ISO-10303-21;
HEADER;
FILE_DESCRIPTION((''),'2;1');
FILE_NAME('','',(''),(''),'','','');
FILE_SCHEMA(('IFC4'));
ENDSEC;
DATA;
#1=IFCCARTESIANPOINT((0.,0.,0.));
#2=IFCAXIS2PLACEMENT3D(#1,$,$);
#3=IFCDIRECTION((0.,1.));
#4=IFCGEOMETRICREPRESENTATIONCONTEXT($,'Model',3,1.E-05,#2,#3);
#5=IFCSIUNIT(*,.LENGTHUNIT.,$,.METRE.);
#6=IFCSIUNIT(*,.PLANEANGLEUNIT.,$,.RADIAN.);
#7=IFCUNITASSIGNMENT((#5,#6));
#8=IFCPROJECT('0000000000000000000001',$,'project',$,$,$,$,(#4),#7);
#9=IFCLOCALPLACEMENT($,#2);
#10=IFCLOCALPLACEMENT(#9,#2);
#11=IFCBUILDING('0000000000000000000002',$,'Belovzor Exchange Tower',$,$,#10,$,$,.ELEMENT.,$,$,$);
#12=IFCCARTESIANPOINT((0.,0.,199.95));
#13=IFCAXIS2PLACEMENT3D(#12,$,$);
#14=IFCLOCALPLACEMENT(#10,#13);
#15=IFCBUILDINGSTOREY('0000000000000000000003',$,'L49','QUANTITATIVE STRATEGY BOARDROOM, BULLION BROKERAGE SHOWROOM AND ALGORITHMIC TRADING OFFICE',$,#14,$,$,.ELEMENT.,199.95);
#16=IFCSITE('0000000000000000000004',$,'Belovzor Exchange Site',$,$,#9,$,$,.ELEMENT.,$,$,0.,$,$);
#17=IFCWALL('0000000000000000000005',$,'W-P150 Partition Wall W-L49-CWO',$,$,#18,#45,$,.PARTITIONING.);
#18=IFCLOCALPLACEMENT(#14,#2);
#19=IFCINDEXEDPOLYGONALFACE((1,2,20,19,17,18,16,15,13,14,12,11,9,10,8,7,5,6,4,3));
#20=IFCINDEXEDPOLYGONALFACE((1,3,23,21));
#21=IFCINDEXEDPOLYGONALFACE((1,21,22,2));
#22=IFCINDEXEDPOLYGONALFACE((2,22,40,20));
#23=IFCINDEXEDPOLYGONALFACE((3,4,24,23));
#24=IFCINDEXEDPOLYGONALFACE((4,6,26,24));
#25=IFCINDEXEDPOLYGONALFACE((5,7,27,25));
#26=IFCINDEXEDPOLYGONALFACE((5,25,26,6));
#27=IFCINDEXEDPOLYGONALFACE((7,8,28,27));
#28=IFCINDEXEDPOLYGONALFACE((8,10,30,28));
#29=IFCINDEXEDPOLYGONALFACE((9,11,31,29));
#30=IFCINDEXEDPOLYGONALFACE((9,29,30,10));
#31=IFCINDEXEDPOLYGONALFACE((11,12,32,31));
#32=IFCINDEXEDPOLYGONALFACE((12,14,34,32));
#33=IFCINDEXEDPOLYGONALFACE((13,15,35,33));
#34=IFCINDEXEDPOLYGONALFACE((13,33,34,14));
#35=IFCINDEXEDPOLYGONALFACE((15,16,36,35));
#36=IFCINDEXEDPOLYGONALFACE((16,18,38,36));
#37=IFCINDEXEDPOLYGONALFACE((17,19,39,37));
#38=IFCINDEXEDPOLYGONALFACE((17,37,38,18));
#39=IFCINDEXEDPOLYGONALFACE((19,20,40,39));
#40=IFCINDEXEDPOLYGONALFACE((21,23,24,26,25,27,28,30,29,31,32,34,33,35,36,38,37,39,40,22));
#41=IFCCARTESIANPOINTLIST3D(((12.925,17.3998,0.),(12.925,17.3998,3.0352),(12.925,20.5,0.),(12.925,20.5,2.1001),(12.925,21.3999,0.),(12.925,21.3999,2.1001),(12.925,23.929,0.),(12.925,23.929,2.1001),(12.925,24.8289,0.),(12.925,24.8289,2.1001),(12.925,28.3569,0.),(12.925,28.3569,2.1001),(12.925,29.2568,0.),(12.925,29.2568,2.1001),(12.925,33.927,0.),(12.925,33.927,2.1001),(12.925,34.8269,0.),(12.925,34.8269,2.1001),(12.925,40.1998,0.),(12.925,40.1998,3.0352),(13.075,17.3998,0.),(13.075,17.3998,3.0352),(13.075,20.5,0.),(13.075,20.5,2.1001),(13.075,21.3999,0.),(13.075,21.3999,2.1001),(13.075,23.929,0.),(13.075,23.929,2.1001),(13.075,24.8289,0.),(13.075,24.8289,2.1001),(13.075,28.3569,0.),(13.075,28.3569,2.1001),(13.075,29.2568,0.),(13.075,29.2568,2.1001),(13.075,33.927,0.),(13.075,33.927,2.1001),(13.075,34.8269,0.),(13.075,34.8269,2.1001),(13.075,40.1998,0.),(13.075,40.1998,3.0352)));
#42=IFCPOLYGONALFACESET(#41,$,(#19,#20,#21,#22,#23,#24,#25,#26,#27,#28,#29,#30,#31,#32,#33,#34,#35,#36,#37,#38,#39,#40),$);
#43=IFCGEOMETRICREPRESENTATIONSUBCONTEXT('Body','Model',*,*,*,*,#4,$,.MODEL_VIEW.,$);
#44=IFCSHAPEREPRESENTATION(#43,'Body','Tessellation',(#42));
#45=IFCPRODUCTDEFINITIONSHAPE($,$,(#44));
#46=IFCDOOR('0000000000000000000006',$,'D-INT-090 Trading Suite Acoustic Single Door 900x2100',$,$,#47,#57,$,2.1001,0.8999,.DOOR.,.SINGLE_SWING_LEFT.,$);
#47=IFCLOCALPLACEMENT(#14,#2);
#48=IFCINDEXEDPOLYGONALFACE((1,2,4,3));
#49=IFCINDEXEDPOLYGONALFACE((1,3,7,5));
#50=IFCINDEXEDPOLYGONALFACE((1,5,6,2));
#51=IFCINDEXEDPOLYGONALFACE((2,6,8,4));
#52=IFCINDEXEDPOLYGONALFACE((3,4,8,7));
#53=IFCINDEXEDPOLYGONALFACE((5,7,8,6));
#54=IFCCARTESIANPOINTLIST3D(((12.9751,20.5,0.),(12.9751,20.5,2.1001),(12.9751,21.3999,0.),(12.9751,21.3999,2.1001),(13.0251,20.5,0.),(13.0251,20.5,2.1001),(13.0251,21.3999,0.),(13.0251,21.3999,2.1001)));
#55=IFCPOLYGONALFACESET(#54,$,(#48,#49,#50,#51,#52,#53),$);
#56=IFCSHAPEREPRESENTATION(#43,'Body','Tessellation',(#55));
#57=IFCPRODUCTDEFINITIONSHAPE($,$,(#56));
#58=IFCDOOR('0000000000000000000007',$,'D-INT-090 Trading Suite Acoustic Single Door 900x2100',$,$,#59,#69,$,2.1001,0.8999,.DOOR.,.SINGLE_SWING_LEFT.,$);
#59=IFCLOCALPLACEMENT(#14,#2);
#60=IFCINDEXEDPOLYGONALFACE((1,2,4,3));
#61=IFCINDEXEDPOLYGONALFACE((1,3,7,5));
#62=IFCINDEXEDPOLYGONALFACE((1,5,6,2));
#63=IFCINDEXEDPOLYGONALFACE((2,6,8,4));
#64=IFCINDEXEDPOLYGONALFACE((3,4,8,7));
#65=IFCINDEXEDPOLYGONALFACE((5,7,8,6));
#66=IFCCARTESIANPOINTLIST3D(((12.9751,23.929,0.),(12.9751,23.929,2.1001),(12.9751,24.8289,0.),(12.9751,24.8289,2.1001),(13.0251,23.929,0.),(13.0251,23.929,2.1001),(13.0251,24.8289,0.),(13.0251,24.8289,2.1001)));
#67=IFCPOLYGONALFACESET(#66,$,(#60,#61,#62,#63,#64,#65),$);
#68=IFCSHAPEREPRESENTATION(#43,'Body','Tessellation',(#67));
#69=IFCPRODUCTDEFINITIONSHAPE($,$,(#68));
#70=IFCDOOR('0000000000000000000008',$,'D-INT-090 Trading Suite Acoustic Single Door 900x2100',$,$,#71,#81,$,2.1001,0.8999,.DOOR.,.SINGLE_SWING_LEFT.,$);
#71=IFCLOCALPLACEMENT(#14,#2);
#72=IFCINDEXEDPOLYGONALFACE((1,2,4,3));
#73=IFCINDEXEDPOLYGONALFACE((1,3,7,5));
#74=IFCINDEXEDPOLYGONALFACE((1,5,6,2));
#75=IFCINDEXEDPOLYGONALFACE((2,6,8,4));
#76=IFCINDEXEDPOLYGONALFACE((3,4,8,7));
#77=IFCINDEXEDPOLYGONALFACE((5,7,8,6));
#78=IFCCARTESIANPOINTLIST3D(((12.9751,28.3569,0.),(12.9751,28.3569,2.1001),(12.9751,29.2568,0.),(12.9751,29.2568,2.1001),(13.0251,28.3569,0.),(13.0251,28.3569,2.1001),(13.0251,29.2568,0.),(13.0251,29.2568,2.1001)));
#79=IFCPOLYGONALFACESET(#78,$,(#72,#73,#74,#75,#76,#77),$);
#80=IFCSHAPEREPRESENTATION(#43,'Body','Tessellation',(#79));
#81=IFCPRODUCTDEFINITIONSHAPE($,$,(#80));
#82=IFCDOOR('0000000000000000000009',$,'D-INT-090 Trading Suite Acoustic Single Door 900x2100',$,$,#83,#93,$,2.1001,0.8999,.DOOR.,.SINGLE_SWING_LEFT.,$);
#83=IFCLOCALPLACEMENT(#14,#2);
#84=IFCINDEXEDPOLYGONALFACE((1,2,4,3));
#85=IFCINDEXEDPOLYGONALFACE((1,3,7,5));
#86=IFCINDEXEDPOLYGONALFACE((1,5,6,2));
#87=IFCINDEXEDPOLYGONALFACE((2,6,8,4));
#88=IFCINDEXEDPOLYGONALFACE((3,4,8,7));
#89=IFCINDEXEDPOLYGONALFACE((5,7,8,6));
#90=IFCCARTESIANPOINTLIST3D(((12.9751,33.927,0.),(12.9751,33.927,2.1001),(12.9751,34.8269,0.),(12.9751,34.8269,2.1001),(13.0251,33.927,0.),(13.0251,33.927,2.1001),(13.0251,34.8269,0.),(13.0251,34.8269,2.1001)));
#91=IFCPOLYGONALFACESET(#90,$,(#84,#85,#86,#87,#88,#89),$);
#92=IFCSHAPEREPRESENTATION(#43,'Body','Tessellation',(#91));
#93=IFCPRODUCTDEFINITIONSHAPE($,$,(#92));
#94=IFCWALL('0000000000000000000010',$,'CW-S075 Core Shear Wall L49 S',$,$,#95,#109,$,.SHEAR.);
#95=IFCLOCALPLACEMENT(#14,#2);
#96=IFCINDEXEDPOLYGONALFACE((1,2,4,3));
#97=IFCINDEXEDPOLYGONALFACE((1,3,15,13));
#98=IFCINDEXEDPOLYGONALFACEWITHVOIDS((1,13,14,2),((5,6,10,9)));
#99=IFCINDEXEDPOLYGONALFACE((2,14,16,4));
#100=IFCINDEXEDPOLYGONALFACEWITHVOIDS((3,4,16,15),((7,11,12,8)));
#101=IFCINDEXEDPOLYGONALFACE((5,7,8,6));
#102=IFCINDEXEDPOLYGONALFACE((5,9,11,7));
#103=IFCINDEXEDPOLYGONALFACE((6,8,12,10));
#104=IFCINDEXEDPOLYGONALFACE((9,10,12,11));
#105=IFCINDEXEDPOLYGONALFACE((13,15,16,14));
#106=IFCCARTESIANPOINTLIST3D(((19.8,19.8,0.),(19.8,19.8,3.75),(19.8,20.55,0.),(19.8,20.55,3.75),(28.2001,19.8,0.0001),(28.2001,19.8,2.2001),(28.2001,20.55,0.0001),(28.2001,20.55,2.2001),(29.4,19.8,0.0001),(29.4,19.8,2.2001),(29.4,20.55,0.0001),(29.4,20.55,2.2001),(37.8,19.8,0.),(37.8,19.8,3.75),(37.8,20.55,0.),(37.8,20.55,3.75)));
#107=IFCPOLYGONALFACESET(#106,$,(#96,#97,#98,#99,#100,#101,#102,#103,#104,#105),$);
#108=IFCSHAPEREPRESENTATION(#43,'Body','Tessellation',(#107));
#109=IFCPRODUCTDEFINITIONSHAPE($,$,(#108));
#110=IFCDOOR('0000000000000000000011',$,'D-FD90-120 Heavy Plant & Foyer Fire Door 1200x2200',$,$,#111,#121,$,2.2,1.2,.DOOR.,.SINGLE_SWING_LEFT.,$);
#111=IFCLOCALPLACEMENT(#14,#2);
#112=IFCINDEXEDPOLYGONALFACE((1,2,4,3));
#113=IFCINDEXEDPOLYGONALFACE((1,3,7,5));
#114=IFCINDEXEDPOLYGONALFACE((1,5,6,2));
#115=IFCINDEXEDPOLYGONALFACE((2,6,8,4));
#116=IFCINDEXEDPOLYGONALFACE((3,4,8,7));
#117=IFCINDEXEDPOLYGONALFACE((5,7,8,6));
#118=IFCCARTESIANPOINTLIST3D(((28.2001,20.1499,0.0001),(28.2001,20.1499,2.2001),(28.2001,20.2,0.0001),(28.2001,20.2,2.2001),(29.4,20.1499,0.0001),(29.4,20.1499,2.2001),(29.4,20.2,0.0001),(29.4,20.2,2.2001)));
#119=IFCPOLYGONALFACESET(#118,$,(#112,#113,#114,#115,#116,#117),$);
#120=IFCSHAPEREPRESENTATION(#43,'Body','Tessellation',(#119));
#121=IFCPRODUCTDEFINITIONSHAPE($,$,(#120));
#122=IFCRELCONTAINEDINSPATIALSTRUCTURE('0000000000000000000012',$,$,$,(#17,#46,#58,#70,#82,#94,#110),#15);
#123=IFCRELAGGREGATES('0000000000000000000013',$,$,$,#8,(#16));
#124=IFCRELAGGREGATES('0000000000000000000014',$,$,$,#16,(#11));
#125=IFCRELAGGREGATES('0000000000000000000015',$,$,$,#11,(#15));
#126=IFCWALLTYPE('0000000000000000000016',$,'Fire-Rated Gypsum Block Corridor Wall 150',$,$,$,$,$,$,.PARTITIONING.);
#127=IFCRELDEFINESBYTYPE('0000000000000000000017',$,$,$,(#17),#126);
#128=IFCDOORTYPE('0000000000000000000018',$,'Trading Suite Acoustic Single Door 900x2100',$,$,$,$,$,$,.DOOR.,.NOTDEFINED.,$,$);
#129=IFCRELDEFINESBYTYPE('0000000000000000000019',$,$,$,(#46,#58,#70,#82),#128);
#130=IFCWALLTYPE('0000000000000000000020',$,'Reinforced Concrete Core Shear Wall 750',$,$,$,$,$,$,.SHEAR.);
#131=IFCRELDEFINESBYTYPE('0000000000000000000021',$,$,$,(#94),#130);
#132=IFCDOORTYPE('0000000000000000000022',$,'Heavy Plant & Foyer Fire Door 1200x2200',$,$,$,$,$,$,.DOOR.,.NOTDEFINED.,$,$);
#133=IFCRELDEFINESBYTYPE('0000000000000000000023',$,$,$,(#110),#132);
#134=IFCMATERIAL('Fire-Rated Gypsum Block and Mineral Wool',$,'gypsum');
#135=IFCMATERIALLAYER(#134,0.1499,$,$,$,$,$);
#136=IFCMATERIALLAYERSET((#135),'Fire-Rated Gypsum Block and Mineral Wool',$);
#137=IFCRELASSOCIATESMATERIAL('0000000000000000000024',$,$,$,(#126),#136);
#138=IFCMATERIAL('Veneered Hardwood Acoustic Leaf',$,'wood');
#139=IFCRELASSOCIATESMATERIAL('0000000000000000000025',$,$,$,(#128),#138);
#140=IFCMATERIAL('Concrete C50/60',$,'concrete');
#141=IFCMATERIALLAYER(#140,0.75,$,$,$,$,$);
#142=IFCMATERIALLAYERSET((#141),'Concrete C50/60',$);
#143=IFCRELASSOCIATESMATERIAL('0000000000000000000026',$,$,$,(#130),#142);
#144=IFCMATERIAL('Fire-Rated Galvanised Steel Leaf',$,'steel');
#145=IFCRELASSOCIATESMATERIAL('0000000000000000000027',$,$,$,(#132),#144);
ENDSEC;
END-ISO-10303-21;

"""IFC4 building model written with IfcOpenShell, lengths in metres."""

from ifc_helpers import new_model, si_unit, direction, frame, frame_2d, origin, place, context, subcontext, project, spatial, rectangle, extrude, material, layer, layer_set, type_object, element, fill, save


model = new_model("IFC4")

# Units and contexts
model_context = context("Model", 3, precision=1e-05, world=origin(), true_north=direction((0.0, 1.0)))
body_context = subcontext(model_context, "Body", "Model", "MODEL_VIEW")
ifc_project = project(units=[si_unit("LENGTHUNIT", "METRE"), si_unit("PLANEANGLEUNIT", "RADIAN")], contexts=[model_context])

# Site, building, storey
site_placement = place(None, origin())
site = spatial("IfcSite", under=ifc_project, at=site_placement, Name="Belovzor Exchange Site", CompositionType="ELEMENT", RefElevation=0.0)
building_placement = place(site_placement, origin())
building = spatial("IfcBuilding", under=site, at=building_placement, Name="Belovzor Exchange Tower", CompositionType="ELEMENT")
storey_placement = place(building_placement, frame((0.0, 0.0, 199.95)))
storey = spatial("IfcBuildingStorey", under=building, at=storey_placement, Name="L49", Description="QUANTITATIVE STRATEGY BOARDROOM, BULLION BROKERAGE SHOWROOM AND ALGORITHMIC TRADING OFFICE", CompositionType="ELEMENT", Elevation=199.95)

# Shared definitions
ifc_material_1 = material(Name="Fire-Rated Gypsum Block and Mineral Wool", Category="gypsum")
ifc_layer_1 = layer(ifc_material_1, 0.1499)
ifc_layer_set_1 = layer_set([ifc_layer_1], Name="Fire-Rated Gypsum Block and Mineral Wool")
wall_type_1 = type_object("IfcWallType", Name="Fire-Rated Gypsum Block Corridor Wall 150", PredefinedType="PARTITIONING", material=ifc_layer_set_1)

# Wall, openings, doors
ifc_material_2 = material(Name="Veneered Hardwood Acoustic Leaf", Category="wood")
door_type_1 = type_object("IfcDoorType", Name="Trading Suite Acoustic Single Door 900x2100", OperationType="NOTDEFINED", PredefinedType="DOOR", material=ifc_material_2)
wall_1_placement = place(storey_placement, frame((13.0, 17.3999, 0.0), z_axis=(0.0, 0.0, 1.0), x_axis=(0.0, 1.0, 0.0)))
wall_1 = element("IfcWall", 1, at=wall_1_placement, inside=storey, type_object=wall_type_1, Name="W-P150 Partition Wall W-L49-CWO", PredefinedType="PARTITIONING", context=body_context, shape_type="SweptSolid", body=[
    extrude(rectangle(XDim=22.8, YDim=0.1499, at=frame_2d((11.3999, 0.0))), origin(), (0.0, 0.0, 1.0), 3.0352),
])
opening_1_placement = place(wall_1_placement, frame((3.1001, 0.0, 0.0)))
opening_1 = element("IfcOpeningElement", 2, at=opening_1_placement, cuts=wall_1, PredefinedType="OPENING", context=body_context, shape_type="SweptSolid", body=[
    extrude(rectangle(XDim=0.8999, YDim=2.1001, at=frame_2d((0.45, 1.05))), frame((0.0, 0.085, 0.0), z_axis=(0.0, -1.0, 0.0), x_axis=(1.0, 0.0, 0.0)), (0.0, 0.0, 1.0), 0.1699),
])
opening_2_placement = place(wall_1_placement, frame((6.5291, 0.0, 0.0)))
opening_2 = element("IfcOpeningElement", 3, at=opening_2_placement, cuts=wall_1, PredefinedType="OPENING", context=body_context, shape_type="SweptSolid", body=[
    extrude(rectangle(XDim=0.8999, YDim=2.1001, at=frame_2d((0.45, 1.05))), frame((0.0, 0.085, 0.0), z_axis=(0.0, -1.0, 0.0), x_axis=(1.0, 0.0, 0.0)), (0.0, 0.0, 1.0), 0.1699),
])
opening_3_placement = place(wall_1_placement, frame((10.957, 0.0, 0.0)))
opening_3 = element("IfcOpeningElement", 4, at=opening_3_placement, cuts=wall_1, PredefinedType="OPENING", context=body_context, shape_type="SweptSolid", body=[
    extrude(rectangle(XDim=0.8999, YDim=2.1001, at=frame_2d((0.45, 1.05))), frame((0.0, 0.085, 0.0), z_axis=(0.0, -1.0, 0.0), x_axis=(1.0, 0.0, 0.0)), (0.0, 0.0, 1.0), 0.1699),
])
opening_4_placement = place(wall_1_placement, frame((16.5271, 0.0, 0.0)))
opening_4 = element("IfcOpeningElement", 5, at=opening_4_placement, cuts=wall_1, PredefinedType="OPENING", context=body_context, shape_type="SweptSolid", body=[
    extrude(rectangle(XDim=0.8999, YDim=2.1001, at=frame_2d((0.45, 1.05))), frame((0.0, 0.085, 0.0), z_axis=(0.0, -1.0, 0.0), x_axis=(1.0, 0.0, 0.0)), (0.0, 0.0, 1.0), 0.1699),
])
door_1_placement = place(opening_1_placement, origin())
door_1 = element("IfcDoor", 6, at=door_1_placement, inside=storey, type_object=door_type_1, Name="D-INT-090 Trading Suite Acoustic Single Door 900x2100", OperationType="SINGLE_SWING_LEFT", OverallHeight=2.1001, OverallWidth=0.8999, PredefinedType="DOOR", context=body_context, shape_type="SweptSolid", body=[
    extrude(rectangle(XDim=0.8999, YDim=2.1001, at=frame_2d((0.45, 1.05))), frame((0.0, 0.0249, 0.0), z_axis=(0.0, -1.0, 0.0), x_axis=(1.0, 0.0, 0.0)), (0.0, 0.0, 1.0), 0.05),
])
fill(opening_1, door_1)
door_2_placement = place(opening_2_placement, origin())
door_2 = element("IfcDoor", 7, at=door_2_placement, inside=storey, type_object=door_type_1, Name="D-INT-090 Trading Suite Acoustic Single Door 900x2100", OperationType="SINGLE_SWING_LEFT", OverallHeight=2.1001, OverallWidth=0.8999, PredefinedType="DOOR", context=body_context, shape_type="SweptSolid", body=[
    extrude(rectangle(XDim=0.8999, YDim=2.1001, at=frame_2d((0.45, 1.05))), frame((0.0, 0.0249, 0.0), z_axis=(0.0, -1.0, 0.0), x_axis=(1.0, 0.0, 0.0)), (0.0, 0.0, 1.0), 0.05),
])
fill(opening_2, door_2)
door_3_placement = place(opening_3_placement, origin())
door_3 = element("IfcDoor", 8, at=door_3_placement, inside=storey, type_object=door_type_1, Name="D-INT-090 Trading Suite Acoustic Single Door 900x2100", OperationType="SINGLE_SWING_LEFT", OverallHeight=2.1001, OverallWidth=0.8999, PredefinedType="DOOR", context=body_context, shape_type="SweptSolid", body=[
    extrude(rectangle(XDim=0.8999, YDim=2.1001, at=frame_2d((0.45, 1.05))), frame((0.0, 0.0249, 0.0), z_axis=(0.0, -1.0, 0.0), x_axis=(1.0, 0.0, 0.0)), (0.0, 0.0, 1.0), 0.05),
])
fill(opening_3, door_3)
door_4_placement = place(opening_4_placement, origin())
door_4 = element("IfcDoor", 9, at=door_4_placement, inside=storey, type_object=door_type_1, Name="D-INT-090 Trading Suite Acoustic Single Door 900x2100", OperationType="SINGLE_SWING_LEFT", OverallHeight=2.1001, OverallWidth=0.8999, PredefinedType="DOOR", context=body_context, shape_type="SweptSolid", body=[
    extrude(rectangle(XDim=0.8999, YDim=2.1001, at=frame_2d((0.45, 1.05))), frame((0.0, 0.0249, 0.0), z_axis=(0.0, -1.0, 0.0), x_axis=(1.0, 0.0, 0.0)), (0.0, 0.0, 1.0), 0.05),
])
fill(opening_4, door_4)

# Wall, opening, door
ifc_material_3 = material(Name="Concrete C50/60", Category="concrete")
ifc_layer_2 = layer(ifc_material_3, 0.75)
ifc_layer_set_2 = layer_set([ifc_layer_2], Name="Concrete C50/60")
wall_type_2 = type_object("IfcWallType", Name="Reinforced Concrete Core Shear Wall 750", PredefinedType="SHEAR", material=ifc_layer_set_2)
wall_2_placement = place(storey_placement, frame((19.8, 20.175, 0.0), z_axis=(0.0, 0.0, 1.0), x_axis=(1.0, 0.0, 0.0)))
wall_2 = element("IfcWall", 10, at=wall_2_placement, inside=storey, type_object=wall_type_2, Name="CW-S075 Core Shear Wall L49 S", PredefinedType="SHEAR", context=body_context, shape_type="SweptSolid", body=[
    extrude(rectangle(XDim=18.0, YDim=0.75, at=frame_2d((9.0, 0.0))), origin(), (0.0, 0.0, 1.0), 3.75),
])
opening_5_placement = place(wall_2_placement, frame((8.3999, 0.0, 0.0)))
opening_5 = element("IfcOpeningElement", 11, at=opening_5_placement, cuts=wall_2, PredefinedType="OPENING", context=body_context, shape_type="SweptSolid", body=[
    extrude(rectangle(XDim=1.2, YDim=2.2, at=frame_2d((0.6001, 1.1001))), frame((0.0, 0.385, 0.0), z_axis=(0.0, -1.0, 0.0), x_axis=(1.0, 0.0, 0.0)), (0.0, 0.0, 1.0), 0.77),
])
ifc_material_4 = material(Name="Fire-Rated Galvanised Steel Leaf", Category="steel")
door_type_2 = type_object("IfcDoorType", Name="Heavy Plant & Foyer Fire Door 1200x2200", OperationType="NOTDEFINED", PredefinedType="DOOR", material=ifc_material_4)
door_5_placement = place(opening_5_placement, origin())
door_5 = element("IfcDoor", 12, at=door_5_placement, inside=storey, type_object=door_type_2, Name="D-FD90-120 Heavy Plant & Foyer Fire Door 1200x2200", OperationType="SINGLE_SWING_LEFT", OverallHeight=2.2, OverallWidth=1.2, PredefinedType="DOOR", context=body_context, shape_type="SweptSolid", body=[
    extrude(rectangle(XDim=1.2, YDim=2.2, at=frame_2d((0.6001, 1.1001))), frame((0.0, 0.0249, 0.0), z_axis=(0.0, -1.0, 0.0), x_axis=(1.0, 0.0, 0.0)), (0.0, 0.0, 1.0), 0.05),
])
fill(opening_5, door_5)

save(model, "model.ifc")
